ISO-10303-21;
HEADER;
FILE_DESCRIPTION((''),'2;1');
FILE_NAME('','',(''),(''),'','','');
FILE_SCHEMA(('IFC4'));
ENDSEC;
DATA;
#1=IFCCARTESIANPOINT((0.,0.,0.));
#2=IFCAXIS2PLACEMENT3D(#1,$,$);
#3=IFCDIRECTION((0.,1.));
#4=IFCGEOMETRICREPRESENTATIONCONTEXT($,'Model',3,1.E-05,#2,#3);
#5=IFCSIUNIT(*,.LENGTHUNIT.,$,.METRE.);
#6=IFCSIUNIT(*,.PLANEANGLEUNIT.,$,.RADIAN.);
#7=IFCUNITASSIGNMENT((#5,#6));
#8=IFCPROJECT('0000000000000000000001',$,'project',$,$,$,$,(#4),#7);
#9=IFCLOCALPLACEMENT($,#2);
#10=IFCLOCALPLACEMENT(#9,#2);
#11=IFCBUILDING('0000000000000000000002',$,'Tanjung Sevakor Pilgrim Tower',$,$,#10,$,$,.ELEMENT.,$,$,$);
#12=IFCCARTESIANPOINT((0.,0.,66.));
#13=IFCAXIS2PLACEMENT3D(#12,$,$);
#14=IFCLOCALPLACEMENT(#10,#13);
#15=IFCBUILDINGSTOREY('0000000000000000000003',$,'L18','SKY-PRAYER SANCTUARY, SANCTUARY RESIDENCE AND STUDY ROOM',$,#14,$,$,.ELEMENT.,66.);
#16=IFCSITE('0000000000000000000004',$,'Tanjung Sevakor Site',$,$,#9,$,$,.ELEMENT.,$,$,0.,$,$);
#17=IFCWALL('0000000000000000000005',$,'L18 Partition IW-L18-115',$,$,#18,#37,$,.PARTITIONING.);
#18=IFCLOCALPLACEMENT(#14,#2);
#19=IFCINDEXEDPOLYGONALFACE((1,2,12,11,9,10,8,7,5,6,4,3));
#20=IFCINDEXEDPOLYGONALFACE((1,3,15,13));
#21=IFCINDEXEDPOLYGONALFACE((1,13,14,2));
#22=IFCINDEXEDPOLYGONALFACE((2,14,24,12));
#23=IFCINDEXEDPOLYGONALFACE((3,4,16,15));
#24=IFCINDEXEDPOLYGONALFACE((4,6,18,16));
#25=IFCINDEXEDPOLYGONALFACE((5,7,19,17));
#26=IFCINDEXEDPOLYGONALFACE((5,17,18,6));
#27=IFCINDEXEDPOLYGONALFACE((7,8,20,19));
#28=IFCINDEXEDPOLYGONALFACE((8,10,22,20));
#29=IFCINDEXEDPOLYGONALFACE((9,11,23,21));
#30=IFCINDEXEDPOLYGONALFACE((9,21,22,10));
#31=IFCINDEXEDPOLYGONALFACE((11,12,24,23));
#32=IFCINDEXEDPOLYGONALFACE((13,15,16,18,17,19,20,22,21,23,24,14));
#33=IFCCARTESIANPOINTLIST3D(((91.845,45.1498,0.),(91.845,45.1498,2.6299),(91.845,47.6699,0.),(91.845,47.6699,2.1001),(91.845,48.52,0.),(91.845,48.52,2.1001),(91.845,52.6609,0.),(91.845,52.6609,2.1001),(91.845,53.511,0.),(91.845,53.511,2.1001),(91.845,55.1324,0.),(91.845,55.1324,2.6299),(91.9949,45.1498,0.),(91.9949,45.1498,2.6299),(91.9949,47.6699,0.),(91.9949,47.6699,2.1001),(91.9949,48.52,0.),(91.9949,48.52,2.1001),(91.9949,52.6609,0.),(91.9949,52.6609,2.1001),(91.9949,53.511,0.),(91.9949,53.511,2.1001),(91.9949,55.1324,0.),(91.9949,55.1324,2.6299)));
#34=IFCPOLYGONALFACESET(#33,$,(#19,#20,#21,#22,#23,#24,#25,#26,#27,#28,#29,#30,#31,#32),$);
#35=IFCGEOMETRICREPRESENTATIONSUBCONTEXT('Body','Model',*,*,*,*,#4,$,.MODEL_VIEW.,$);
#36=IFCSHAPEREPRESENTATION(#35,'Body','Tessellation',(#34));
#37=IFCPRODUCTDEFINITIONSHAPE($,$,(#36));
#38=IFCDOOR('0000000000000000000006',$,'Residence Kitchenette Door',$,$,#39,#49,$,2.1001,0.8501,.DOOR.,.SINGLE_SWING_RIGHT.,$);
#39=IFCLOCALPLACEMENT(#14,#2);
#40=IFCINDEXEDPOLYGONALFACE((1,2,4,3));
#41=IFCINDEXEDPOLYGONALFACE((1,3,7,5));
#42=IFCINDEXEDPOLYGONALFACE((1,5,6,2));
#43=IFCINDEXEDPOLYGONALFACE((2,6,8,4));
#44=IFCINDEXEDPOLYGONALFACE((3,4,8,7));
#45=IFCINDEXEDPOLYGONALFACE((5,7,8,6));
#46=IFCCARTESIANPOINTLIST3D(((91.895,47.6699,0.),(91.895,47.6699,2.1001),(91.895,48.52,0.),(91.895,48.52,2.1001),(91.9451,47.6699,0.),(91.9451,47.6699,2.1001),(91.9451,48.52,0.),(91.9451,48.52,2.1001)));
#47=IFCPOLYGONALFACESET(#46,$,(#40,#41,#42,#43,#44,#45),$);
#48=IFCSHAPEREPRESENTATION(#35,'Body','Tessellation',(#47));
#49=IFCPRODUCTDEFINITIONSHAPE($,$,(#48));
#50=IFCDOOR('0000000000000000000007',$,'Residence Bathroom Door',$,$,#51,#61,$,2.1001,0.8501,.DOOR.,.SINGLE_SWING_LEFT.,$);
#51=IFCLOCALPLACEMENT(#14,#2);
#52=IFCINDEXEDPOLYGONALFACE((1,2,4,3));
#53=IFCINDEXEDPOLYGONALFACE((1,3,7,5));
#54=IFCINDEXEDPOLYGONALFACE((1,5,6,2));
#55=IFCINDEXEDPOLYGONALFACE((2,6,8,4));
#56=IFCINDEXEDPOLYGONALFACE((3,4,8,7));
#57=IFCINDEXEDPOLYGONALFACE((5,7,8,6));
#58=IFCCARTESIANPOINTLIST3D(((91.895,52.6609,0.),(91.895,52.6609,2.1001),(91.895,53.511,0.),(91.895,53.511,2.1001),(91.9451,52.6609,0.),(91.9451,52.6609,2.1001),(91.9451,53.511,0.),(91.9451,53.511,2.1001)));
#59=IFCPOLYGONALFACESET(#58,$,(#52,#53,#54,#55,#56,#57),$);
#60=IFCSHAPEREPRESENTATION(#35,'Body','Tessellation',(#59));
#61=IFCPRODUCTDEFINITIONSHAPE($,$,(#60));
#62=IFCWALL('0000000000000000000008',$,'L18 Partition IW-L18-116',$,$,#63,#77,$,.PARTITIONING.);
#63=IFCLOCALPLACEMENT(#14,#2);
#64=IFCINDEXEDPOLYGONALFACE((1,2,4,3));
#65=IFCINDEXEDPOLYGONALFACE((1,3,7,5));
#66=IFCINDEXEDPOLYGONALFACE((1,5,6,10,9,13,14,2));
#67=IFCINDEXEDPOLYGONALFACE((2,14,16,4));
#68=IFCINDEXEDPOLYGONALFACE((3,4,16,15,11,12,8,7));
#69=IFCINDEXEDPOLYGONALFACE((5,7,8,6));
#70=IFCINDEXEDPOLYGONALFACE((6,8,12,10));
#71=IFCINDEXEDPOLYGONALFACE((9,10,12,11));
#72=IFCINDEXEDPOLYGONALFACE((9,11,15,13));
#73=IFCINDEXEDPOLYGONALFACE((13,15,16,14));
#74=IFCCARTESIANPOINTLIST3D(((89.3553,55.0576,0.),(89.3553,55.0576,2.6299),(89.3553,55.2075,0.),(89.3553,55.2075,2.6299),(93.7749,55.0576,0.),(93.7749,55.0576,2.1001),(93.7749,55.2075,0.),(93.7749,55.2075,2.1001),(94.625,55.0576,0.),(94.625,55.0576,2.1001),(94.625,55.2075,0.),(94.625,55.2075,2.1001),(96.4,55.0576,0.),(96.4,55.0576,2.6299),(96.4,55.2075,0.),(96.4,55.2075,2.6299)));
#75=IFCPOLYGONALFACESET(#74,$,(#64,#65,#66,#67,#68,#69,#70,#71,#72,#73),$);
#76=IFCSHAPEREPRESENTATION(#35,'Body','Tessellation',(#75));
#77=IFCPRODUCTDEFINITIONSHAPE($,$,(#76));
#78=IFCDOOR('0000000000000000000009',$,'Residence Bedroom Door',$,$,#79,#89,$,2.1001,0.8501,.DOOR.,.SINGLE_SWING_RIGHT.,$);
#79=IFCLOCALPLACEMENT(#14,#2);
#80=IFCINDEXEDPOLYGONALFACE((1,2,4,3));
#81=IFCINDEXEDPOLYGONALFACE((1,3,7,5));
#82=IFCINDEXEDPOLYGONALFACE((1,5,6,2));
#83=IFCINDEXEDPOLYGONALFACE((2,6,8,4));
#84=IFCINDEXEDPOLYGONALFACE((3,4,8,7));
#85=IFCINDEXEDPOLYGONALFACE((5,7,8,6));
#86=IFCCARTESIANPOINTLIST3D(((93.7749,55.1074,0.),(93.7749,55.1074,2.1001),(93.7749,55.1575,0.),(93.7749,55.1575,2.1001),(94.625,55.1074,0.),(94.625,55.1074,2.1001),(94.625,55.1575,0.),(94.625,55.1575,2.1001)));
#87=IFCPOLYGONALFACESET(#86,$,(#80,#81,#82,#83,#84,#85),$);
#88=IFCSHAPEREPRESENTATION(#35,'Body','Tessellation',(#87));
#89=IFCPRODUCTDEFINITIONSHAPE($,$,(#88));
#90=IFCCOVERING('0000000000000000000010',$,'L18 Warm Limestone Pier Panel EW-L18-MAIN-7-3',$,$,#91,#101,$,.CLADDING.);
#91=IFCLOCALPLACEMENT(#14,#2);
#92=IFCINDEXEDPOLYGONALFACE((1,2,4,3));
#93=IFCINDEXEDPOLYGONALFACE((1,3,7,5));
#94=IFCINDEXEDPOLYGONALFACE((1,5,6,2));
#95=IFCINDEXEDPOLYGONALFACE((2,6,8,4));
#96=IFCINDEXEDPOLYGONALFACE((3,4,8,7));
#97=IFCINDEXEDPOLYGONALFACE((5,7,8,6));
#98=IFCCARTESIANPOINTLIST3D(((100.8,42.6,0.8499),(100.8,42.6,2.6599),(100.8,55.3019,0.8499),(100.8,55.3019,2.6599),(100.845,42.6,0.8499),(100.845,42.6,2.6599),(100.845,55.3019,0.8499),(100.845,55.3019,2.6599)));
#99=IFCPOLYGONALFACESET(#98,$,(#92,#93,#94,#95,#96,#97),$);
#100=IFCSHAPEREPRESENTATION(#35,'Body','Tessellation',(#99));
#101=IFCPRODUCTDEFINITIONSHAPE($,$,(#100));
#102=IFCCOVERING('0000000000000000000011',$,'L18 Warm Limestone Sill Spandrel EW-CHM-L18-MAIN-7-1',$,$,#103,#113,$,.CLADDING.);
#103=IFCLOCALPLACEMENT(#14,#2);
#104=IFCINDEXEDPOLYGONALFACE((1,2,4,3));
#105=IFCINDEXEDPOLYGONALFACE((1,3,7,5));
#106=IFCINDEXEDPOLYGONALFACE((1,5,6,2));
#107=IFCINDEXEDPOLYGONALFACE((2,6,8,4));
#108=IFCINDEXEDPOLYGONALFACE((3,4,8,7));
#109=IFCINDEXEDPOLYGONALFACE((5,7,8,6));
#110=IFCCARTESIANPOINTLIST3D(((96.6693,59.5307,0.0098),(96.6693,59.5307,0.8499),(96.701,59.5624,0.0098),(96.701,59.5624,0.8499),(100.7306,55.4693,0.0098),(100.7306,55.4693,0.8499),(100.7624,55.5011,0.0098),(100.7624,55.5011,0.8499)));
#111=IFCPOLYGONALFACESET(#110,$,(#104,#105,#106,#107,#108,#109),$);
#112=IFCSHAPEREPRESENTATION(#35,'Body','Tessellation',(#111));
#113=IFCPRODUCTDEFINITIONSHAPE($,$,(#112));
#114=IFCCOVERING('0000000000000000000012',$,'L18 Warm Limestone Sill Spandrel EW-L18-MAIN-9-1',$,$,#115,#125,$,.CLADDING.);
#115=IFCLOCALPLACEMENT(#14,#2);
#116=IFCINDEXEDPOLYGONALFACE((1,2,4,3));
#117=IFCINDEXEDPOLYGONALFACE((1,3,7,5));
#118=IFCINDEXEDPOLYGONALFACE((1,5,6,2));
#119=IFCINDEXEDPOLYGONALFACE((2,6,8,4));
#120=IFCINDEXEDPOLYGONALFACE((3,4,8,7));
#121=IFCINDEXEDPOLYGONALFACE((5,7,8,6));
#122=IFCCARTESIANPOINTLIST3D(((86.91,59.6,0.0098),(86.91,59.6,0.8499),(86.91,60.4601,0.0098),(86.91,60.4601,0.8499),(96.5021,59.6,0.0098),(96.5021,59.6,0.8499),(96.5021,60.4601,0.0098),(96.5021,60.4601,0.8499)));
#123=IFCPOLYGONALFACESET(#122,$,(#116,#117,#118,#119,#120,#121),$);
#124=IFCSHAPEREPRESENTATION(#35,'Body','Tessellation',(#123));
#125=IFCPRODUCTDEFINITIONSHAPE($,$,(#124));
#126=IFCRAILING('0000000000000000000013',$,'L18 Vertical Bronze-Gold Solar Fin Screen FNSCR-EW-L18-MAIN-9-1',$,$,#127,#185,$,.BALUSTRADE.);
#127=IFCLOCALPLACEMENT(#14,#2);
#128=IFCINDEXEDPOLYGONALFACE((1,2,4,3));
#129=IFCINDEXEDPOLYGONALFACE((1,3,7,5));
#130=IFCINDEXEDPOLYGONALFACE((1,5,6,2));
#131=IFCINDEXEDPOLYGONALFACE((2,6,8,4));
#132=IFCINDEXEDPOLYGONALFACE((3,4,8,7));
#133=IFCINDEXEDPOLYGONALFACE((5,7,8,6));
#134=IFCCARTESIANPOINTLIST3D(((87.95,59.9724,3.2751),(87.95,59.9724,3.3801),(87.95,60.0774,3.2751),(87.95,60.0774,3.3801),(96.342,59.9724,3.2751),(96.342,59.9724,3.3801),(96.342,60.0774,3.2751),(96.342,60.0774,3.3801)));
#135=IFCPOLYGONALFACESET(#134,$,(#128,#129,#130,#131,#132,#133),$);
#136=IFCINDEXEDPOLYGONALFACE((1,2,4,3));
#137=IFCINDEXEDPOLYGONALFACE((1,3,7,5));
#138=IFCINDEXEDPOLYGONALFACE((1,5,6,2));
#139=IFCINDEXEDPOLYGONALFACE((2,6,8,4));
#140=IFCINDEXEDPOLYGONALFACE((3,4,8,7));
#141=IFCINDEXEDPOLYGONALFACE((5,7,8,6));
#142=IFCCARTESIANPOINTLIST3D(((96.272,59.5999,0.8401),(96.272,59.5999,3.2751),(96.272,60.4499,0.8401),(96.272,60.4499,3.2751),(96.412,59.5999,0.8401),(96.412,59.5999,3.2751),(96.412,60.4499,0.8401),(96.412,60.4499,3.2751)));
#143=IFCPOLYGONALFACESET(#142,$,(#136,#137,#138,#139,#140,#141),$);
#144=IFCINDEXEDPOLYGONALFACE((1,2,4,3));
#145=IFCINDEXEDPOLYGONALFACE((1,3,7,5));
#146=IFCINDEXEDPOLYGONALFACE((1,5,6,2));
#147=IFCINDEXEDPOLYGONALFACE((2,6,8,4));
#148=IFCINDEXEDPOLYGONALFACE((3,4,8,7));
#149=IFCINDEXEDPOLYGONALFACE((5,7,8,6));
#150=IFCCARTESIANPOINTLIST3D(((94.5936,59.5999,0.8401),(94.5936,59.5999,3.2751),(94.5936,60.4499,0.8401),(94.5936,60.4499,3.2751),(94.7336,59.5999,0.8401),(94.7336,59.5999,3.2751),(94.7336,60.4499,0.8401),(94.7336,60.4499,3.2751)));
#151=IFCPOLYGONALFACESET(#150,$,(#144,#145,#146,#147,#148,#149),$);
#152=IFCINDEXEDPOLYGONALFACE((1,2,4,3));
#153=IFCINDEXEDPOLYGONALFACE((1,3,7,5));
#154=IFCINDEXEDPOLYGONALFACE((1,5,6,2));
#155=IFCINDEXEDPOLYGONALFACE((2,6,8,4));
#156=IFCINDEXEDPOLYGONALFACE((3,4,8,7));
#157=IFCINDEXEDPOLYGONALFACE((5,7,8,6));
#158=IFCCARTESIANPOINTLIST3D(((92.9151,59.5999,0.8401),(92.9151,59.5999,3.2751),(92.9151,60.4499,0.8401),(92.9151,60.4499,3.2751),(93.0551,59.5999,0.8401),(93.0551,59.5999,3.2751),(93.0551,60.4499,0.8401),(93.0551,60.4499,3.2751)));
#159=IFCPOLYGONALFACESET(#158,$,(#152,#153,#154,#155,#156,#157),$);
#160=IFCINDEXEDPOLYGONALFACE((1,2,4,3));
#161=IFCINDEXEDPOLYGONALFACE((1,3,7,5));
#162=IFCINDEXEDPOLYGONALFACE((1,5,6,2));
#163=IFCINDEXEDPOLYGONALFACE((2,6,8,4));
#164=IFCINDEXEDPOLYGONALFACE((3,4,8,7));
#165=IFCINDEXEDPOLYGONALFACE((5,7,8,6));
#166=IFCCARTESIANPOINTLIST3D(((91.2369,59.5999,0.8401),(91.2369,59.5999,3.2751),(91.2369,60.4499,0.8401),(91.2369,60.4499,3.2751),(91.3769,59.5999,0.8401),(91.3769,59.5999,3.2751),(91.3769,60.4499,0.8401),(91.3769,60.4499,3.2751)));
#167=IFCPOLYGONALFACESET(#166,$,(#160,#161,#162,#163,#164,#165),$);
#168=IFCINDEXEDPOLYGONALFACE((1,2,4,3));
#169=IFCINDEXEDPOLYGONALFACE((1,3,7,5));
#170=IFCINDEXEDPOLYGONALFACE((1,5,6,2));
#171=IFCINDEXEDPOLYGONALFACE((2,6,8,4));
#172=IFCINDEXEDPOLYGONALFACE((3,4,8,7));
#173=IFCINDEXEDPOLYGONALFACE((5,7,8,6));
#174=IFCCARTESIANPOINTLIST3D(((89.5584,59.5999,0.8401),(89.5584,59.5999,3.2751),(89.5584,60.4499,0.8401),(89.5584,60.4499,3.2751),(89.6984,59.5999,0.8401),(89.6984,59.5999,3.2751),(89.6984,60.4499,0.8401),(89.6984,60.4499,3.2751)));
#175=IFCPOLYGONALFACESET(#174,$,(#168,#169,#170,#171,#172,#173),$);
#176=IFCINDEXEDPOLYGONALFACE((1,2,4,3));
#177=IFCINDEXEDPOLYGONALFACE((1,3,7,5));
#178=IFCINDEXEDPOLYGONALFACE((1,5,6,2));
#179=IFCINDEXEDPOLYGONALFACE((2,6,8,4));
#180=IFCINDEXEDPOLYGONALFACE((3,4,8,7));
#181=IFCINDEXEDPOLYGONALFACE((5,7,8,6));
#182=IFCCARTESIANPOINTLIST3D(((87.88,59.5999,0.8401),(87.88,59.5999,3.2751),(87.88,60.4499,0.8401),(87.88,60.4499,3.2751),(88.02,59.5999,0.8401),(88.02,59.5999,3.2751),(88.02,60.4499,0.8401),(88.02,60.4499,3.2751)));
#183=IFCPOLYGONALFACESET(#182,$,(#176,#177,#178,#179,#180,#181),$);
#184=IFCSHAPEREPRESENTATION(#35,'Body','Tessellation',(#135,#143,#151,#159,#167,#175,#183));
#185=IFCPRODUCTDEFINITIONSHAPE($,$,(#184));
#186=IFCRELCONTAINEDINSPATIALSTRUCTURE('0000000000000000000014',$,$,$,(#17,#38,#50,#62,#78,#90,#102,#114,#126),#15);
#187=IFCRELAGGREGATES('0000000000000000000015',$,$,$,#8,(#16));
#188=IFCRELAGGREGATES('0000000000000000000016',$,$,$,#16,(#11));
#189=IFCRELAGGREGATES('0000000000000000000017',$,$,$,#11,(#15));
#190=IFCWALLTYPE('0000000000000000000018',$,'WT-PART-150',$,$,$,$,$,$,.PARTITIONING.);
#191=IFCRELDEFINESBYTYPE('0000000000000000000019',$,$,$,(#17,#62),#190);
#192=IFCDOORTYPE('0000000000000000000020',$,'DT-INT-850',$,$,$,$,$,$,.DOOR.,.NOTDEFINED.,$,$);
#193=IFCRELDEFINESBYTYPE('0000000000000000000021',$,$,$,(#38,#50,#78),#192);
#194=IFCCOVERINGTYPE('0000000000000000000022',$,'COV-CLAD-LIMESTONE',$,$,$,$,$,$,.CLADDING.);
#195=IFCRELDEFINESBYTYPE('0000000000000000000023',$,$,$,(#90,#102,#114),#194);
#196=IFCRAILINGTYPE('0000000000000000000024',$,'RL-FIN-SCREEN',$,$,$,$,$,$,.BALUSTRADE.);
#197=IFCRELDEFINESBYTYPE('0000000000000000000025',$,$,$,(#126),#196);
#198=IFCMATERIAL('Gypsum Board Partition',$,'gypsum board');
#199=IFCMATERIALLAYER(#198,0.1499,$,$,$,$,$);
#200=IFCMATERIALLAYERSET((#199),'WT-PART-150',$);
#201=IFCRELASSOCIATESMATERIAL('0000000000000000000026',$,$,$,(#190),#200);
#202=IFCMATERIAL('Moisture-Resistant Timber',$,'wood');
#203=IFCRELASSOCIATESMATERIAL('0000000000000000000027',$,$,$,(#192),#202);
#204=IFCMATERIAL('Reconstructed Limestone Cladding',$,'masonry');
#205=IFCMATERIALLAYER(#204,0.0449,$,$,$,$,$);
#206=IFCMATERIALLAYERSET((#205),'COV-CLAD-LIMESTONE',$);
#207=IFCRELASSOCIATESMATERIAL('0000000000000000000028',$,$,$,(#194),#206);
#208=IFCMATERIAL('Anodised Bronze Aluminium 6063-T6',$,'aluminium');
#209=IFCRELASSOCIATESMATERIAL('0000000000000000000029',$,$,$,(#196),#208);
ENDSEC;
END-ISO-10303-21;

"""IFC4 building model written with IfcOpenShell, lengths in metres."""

from ifc_helpers import new_model, si_unit, direction, frame, frame_2d, origin, origin_2d, place, context, subcontext, project, spatial, rectangle, extrude, material, layer, layer_set, type_object, element, fill, save


model = new_model("IFC4")

# Units and contexts
model_context = context("Model", 3, precision=1e-05, world=origin(), true_north=direction((0.0, 1.0)))
body_context = subcontext(model_context, "Body", "Model", "MODEL_VIEW")
ifc_project = project(units=[si_unit("LENGTHUNIT", "METRE"), si_unit("PLANEANGLEUNIT", "RADIAN")], contexts=[model_context])

# Site, building, storey
site_placement = place(None, origin())
site = spatial("IfcSite", under=ifc_project, at=site_placement, Name="Tanjung Sevakor Site", CompositionType="ELEMENT", RefElevation=0.0)
building_placement = place(site_placement, origin())
building = spatial("IfcBuilding", under=site, at=building_placement, Name="Tanjung Sevakor Pilgrim Tower", CompositionType="ELEMENT")
storey_placement = place(building_placement, frame((0.0, 0.0, 66.0)))
storey = spatial("IfcBuildingStorey", under=building, at=storey_placement, Name="L18", Description="SKY-PRAYER SANCTUARY, SANCTUARY RESIDENCE AND STUDY ROOM", CompositionType="ELEMENT", Elevation=66.0)

# Shared definitions
ifc_material_1 = material(Name="Gypsum Board Partition", Category="gypsum board")
ifc_layer_1 = layer(ifc_material_1, 0.1499)
ifc_layer_set_1 = layer_set([ifc_layer_1], Name="WT-PART-150")
wall_type_1 = type_object("IfcWallType", Name="WT-PART-150", PredefinedType="PARTITIONING", material=ifc_layer_set_1)

# Wall, openings, doors
wall_1_placement = place(storey_placement, frame((91.9199, 45.1499, 0.0), z_axis=(0.0, 0.0, 1.0), x_axis=(0.0, 1.0, 0.0)))
wall_1 = element("IfcWall", 1, at=wall_1_placement, inside=storey, type_object=wall_type_1, Name="L18 Partition IW-L18-115", PredefinedType="PARTITIONING", context=body_context, shape_type="SweptSolid", body=[
    extrude(rectangle(XDim=9.9827, YDim=0.1499, at=frame_2d((4.9912, 0.0))), origin(), (0.0, 0.0, 1.0), 2.6299),
])
opening_1_placement = place(wall_1_placement, frame((2.52, 0.0, 0.0)))
opening_1 = element("IfcOpeningElement", 2, at=opening_1_placement, cuts=wall_1, PredefinedType="OPENING", context=body_context, shape_type="SweptSolid", body=[
    extrude(rectangle(XDim=0.8501, YDim=2.1001, at=frame_2d((0.425, 1.05))), frame((0.0, 0.085, 0.0), z_axis=(0.0, -1.0, 0.0), x_axis=(1.0, 0.0, 0.0)), (0.0, 0.0, 1.0), 0.1699),
])
opening_2_placement = place(wall_1_placement, frame((7.511, 0.0, 0.0)))
opening_2 = element("IfcOpeningElement", 3, at=opening_2_placement, cuts=wall_1, PredefinedType="OPENING", context=body_context, shape_type="SweptSolid", body=[
    extrude(rectangle(XDim=0.8501, YDim=2.1001, at=frame_2d((0.425, 1.05))), frame((0.0, 0.085, 0.0), z_axis=(0.0, -1.0, 0.0), x_axis=(1.0, 0.0, 0.0)), (0.0, 0.0, 1.0), 0.1699),
])
ifc_material_2 = material(Name="Moisture-Resistant Timber", Category="wood")
door_type_1 = type_object("IfcDoorType", Name="DT-INT-850", OperationType="NOTDEFINED", PredefinedType="DOOR", material=ifc_material_2)
door_1_placement = place(opening_1_placement, origin())
door_1 = element("IfcDoor", 4, at=door_1_placement, inside=storey, type_object=door_type_1, Name="Residence Kitchenette Door", OperationType="SINGLE_SWING_RIGHT", OverallHeight=2.1001, OverallWidth=0.8501, PredefinedType="DOOR", context=body_context, shape_type="SweptSolid", body=[
    extrude(rectangle(XDim=0.8501, YDim=2.1001, at=frame_2d((0.425, 1.05))), frame((0.0, 0.0249, 0.0), z_axis=(0.0, -1.0, 0.0), x_axis=(1.0, 0.0, 0.0)), (0.0, 0.0, 1.0), 0.05),
])
fill(opening_1, door_1)
door_2_placement = place(opening_2_placement, origin())
door_2 = element("IfcDoor", 5, at=door_2_placement, inside=storey, type_object=door_type_1, Name="Residence Bathroom Door", OperationType="SINGLE_SWING_LEFT", OverallHeight=2.1001, OverallWidth=0.8501, PredefinedType="DOOR", context=body_context, shape_type="SweptSolid", body=[
    extrude(rectangle(XDim=0.8501, YDim=2.1001, at=frame_2d((0.425, 1.05))), frame((0.0, 0.0249, 0.0), z_axis=(0.0, -1.0, 0.0), x_axis=(1.0, 0.0, 0.0)), (0.0, 0.0, 1.0), 0.05),
])
fill(opening_2, door_2)

# Wall, opening, door
wall_2_placement = place(storey_placement, frame((89.3552, 55.1326, 0.0), z_axis=(0.0, 0.0, 1.0), x_axis=(1.0, 0.0, 0.0)))
wall_2 = element("IfcWall", 6, at=wall_2_placement, inside=storey, type_object=wall_type_1, Name="L18 Partition IW-L18-116", PredefinedType="PARTITIONING", context=body_context, shape_type="SweptSolid", body=[
    extrude(rectangle(XDim=7.0447, YDim=0.1499, at=frame_2d((3.5225, 0.0))), origin(), (0.0, 0.0, 1.0), 2.6299),
])
opening_3_placement = place(wall_2_placement, frame((4.4197, 0.0, 0.0)))
opening_3 = element("IfcOpeningElement", 7, at=opening_3_placement, cuts=wall_2, PredefinedType="OPENING", context=body_context, shape_type="SweptSolid", body=[
    extrude(rectangle(XDim=0.8501, YDim=2.1001, at=frame_2d((0.425, 1.05))), frame((0.0, 0.085, 0.0), z_axis=(0.0, -1.0, 0.0), x_axis=(1.0, 0.0, 0.0)), (0.0, 0.0, 1.0), 0.1699),
])
door_3_placement = place(opening_3_placement, origin())
door_3 = element("IfcDoor", 8, at=door_3_placement, inside=storey, type_object=door_type_1, Name="Residence Bedroom Door", OperationType="SINGLE_SWING_RIGHT", OverallHeight=2.1001, OverallWidth=0.8501, PredefinedType="DOOR", context=body_context, shape_type="SweptSolid", body=[
    extrude(rectangle(XDim=0.8501, YDim=2.1001, at=frame_2d((0.425, 1.05))), frame((0.0, 0.0249, 0.0), z_axis=(0.0, -1.0, 0.0), x_axis=(1.0, 0.0, 0.0)), (0.0, 0.0, 1.0), 0.05),
])
fill(opening_3, door_3)

# Coverings
ifc_material_3 = material(Name="Reconstructed Limestone Cladding", Category="masonry")
ifc_layer_2 = layer(ifc_material_3, 0.0449)
ifc_layer_set_2 = layer_set([ifc_layer_2], Name="COV-CLAD-LIMESTONE")
covering_type = type_object("IfcCoveringType", Name="COV-CLAD-LIMESTONE", PredefinedType="CLADDING", material=ifc_layer_set_2)
covering_1_placement = place(storey_placement, frame((100.8225, 48.9509, 0.8499), z_axis=(0.0, 0.0, 1.0), x_axis=(0.0, 1.0, 0.0)))
element("IfcCovering", 9, at=covering_1_placement, inside=storey, type_object=covering_type, Name="L18 Warm Limestone Pier Panel EW-L18-MAIN-7-3", PredefinedType="CLADDING", context=body_context, shape_type="SweptSolid", body=[
    extrude(rectangle(XDim=12.7019, YDim=0.0449, at=origin_2d()), origin(), (0.0, 0.0, 1.0), 1.8101),
])
covering_2_placement = place(storey_placement, frame((98.7158, 57.5159, 0.0098), z_axis=(0.0, 0.0, 1.0), x_axis=(-0.707107, 0.707107, 0.0)))
element("IfcCovering", 10, at=covering_2_placement, inside=storey, type_object=covering_type, Name="L18 Warm Limestone Sill Spandrel EW-CHM-L18-MAIN-7-1", PredefinedType="CLADDING", context=body_context, shape_type="SweptSolid", body=[
    extrude(rectangle(XDim=5.7437, YDim=0.0449, at=origin_2d()), origin(), (0.0, 0.0, 1.0), 0.8401),
])
covering_3_placement = place(storey_placement, frame((91.7061, 60.03, 0.0098), z_axis=(0.0, 0.0, 1.0), x_axis=(-1.0, 0.0, 0.0)))
element("IfcCovering", 11, at=covering_3_placement, inside=storey, type_object=covering_type, Name="L18 Warm Limestone Sill Spandrel EW-L18-MAIN-9-1", PredefinedType="CLADDING", context=body_context, shape_type="SweptSolid", body=[
    extrude(rectangle(XDim=9.592, YDim=0.8601, at=origin_2d()), origin(), (0.0, 0.0, 1.0), 0.8401),
])

# Railing
ifc_material_4 = material(Name="Anodised Bronze Aluminium 6063-T6", Category="aluminium")
railing_type = type_object("IfcRailingType", Name="RL-FIN-SCREEN", PredefinedType="BALUSTRADE", material=ifc_material_4)
railing_placement = place(storey_placement, frame((96.342, 60.0249, 0.8401)))
element("IfcRailing", 12, at=railing_placement, inside=storey, type_object=railing_type, Name="L18 Vertical Bronze-Gold Solar Fin Screen FNSCR-EW-L18-MAIN-9-1", PredefinedType="BALUSTRADE", context=body_context, shape_type="SweptSolid", body=[
    extrude(rectangle(XDim=0.105, YDim=0.105), frame((0.0, 0.0, 2.4875), z_axis=(-1.0, 0.0, 0.0), x_axis=(0.0, -1.0, 0.0)), (0.0, 0.0, 1.0), 8.3921),
    extrude(rectangle(XDim=0.14, YDim=0.85), origin(), (0.0, 0.0, 1.0), 2.4351),
    extrude(rectangle(XDim=0.14, YDim=0.85), frame((-1.6785, 0.0, 0.0)), (0.0, 0.0, 1.0), 2.4351),
    extrude(rectangle(XDim=0.14, YDim=0.85), frame((-3.3569, 0.0, 0.0)), (0.0, 0.0, 1.0), 2.4351),
    extrude(rectangle(XDim=0.14, YDim=0.85), frame((-5.0352, 0.0, 0.0)), (0.0, 0.0, 1.0), 2.4351),
    extrude(rectangle(XDim=0.14, YDim=0.85), frame((-6.7136, 0.0, 0.0)), (0.0, 0.0, 1.0), 2.4351),
    extrude(rectangle(XDim=0.14, YDim=0.85), frame((-8.3921, 0.0, 0.0)), (0.0, 0.0, 1.0), 2.4351),
])

save(model, "model.ifc")
